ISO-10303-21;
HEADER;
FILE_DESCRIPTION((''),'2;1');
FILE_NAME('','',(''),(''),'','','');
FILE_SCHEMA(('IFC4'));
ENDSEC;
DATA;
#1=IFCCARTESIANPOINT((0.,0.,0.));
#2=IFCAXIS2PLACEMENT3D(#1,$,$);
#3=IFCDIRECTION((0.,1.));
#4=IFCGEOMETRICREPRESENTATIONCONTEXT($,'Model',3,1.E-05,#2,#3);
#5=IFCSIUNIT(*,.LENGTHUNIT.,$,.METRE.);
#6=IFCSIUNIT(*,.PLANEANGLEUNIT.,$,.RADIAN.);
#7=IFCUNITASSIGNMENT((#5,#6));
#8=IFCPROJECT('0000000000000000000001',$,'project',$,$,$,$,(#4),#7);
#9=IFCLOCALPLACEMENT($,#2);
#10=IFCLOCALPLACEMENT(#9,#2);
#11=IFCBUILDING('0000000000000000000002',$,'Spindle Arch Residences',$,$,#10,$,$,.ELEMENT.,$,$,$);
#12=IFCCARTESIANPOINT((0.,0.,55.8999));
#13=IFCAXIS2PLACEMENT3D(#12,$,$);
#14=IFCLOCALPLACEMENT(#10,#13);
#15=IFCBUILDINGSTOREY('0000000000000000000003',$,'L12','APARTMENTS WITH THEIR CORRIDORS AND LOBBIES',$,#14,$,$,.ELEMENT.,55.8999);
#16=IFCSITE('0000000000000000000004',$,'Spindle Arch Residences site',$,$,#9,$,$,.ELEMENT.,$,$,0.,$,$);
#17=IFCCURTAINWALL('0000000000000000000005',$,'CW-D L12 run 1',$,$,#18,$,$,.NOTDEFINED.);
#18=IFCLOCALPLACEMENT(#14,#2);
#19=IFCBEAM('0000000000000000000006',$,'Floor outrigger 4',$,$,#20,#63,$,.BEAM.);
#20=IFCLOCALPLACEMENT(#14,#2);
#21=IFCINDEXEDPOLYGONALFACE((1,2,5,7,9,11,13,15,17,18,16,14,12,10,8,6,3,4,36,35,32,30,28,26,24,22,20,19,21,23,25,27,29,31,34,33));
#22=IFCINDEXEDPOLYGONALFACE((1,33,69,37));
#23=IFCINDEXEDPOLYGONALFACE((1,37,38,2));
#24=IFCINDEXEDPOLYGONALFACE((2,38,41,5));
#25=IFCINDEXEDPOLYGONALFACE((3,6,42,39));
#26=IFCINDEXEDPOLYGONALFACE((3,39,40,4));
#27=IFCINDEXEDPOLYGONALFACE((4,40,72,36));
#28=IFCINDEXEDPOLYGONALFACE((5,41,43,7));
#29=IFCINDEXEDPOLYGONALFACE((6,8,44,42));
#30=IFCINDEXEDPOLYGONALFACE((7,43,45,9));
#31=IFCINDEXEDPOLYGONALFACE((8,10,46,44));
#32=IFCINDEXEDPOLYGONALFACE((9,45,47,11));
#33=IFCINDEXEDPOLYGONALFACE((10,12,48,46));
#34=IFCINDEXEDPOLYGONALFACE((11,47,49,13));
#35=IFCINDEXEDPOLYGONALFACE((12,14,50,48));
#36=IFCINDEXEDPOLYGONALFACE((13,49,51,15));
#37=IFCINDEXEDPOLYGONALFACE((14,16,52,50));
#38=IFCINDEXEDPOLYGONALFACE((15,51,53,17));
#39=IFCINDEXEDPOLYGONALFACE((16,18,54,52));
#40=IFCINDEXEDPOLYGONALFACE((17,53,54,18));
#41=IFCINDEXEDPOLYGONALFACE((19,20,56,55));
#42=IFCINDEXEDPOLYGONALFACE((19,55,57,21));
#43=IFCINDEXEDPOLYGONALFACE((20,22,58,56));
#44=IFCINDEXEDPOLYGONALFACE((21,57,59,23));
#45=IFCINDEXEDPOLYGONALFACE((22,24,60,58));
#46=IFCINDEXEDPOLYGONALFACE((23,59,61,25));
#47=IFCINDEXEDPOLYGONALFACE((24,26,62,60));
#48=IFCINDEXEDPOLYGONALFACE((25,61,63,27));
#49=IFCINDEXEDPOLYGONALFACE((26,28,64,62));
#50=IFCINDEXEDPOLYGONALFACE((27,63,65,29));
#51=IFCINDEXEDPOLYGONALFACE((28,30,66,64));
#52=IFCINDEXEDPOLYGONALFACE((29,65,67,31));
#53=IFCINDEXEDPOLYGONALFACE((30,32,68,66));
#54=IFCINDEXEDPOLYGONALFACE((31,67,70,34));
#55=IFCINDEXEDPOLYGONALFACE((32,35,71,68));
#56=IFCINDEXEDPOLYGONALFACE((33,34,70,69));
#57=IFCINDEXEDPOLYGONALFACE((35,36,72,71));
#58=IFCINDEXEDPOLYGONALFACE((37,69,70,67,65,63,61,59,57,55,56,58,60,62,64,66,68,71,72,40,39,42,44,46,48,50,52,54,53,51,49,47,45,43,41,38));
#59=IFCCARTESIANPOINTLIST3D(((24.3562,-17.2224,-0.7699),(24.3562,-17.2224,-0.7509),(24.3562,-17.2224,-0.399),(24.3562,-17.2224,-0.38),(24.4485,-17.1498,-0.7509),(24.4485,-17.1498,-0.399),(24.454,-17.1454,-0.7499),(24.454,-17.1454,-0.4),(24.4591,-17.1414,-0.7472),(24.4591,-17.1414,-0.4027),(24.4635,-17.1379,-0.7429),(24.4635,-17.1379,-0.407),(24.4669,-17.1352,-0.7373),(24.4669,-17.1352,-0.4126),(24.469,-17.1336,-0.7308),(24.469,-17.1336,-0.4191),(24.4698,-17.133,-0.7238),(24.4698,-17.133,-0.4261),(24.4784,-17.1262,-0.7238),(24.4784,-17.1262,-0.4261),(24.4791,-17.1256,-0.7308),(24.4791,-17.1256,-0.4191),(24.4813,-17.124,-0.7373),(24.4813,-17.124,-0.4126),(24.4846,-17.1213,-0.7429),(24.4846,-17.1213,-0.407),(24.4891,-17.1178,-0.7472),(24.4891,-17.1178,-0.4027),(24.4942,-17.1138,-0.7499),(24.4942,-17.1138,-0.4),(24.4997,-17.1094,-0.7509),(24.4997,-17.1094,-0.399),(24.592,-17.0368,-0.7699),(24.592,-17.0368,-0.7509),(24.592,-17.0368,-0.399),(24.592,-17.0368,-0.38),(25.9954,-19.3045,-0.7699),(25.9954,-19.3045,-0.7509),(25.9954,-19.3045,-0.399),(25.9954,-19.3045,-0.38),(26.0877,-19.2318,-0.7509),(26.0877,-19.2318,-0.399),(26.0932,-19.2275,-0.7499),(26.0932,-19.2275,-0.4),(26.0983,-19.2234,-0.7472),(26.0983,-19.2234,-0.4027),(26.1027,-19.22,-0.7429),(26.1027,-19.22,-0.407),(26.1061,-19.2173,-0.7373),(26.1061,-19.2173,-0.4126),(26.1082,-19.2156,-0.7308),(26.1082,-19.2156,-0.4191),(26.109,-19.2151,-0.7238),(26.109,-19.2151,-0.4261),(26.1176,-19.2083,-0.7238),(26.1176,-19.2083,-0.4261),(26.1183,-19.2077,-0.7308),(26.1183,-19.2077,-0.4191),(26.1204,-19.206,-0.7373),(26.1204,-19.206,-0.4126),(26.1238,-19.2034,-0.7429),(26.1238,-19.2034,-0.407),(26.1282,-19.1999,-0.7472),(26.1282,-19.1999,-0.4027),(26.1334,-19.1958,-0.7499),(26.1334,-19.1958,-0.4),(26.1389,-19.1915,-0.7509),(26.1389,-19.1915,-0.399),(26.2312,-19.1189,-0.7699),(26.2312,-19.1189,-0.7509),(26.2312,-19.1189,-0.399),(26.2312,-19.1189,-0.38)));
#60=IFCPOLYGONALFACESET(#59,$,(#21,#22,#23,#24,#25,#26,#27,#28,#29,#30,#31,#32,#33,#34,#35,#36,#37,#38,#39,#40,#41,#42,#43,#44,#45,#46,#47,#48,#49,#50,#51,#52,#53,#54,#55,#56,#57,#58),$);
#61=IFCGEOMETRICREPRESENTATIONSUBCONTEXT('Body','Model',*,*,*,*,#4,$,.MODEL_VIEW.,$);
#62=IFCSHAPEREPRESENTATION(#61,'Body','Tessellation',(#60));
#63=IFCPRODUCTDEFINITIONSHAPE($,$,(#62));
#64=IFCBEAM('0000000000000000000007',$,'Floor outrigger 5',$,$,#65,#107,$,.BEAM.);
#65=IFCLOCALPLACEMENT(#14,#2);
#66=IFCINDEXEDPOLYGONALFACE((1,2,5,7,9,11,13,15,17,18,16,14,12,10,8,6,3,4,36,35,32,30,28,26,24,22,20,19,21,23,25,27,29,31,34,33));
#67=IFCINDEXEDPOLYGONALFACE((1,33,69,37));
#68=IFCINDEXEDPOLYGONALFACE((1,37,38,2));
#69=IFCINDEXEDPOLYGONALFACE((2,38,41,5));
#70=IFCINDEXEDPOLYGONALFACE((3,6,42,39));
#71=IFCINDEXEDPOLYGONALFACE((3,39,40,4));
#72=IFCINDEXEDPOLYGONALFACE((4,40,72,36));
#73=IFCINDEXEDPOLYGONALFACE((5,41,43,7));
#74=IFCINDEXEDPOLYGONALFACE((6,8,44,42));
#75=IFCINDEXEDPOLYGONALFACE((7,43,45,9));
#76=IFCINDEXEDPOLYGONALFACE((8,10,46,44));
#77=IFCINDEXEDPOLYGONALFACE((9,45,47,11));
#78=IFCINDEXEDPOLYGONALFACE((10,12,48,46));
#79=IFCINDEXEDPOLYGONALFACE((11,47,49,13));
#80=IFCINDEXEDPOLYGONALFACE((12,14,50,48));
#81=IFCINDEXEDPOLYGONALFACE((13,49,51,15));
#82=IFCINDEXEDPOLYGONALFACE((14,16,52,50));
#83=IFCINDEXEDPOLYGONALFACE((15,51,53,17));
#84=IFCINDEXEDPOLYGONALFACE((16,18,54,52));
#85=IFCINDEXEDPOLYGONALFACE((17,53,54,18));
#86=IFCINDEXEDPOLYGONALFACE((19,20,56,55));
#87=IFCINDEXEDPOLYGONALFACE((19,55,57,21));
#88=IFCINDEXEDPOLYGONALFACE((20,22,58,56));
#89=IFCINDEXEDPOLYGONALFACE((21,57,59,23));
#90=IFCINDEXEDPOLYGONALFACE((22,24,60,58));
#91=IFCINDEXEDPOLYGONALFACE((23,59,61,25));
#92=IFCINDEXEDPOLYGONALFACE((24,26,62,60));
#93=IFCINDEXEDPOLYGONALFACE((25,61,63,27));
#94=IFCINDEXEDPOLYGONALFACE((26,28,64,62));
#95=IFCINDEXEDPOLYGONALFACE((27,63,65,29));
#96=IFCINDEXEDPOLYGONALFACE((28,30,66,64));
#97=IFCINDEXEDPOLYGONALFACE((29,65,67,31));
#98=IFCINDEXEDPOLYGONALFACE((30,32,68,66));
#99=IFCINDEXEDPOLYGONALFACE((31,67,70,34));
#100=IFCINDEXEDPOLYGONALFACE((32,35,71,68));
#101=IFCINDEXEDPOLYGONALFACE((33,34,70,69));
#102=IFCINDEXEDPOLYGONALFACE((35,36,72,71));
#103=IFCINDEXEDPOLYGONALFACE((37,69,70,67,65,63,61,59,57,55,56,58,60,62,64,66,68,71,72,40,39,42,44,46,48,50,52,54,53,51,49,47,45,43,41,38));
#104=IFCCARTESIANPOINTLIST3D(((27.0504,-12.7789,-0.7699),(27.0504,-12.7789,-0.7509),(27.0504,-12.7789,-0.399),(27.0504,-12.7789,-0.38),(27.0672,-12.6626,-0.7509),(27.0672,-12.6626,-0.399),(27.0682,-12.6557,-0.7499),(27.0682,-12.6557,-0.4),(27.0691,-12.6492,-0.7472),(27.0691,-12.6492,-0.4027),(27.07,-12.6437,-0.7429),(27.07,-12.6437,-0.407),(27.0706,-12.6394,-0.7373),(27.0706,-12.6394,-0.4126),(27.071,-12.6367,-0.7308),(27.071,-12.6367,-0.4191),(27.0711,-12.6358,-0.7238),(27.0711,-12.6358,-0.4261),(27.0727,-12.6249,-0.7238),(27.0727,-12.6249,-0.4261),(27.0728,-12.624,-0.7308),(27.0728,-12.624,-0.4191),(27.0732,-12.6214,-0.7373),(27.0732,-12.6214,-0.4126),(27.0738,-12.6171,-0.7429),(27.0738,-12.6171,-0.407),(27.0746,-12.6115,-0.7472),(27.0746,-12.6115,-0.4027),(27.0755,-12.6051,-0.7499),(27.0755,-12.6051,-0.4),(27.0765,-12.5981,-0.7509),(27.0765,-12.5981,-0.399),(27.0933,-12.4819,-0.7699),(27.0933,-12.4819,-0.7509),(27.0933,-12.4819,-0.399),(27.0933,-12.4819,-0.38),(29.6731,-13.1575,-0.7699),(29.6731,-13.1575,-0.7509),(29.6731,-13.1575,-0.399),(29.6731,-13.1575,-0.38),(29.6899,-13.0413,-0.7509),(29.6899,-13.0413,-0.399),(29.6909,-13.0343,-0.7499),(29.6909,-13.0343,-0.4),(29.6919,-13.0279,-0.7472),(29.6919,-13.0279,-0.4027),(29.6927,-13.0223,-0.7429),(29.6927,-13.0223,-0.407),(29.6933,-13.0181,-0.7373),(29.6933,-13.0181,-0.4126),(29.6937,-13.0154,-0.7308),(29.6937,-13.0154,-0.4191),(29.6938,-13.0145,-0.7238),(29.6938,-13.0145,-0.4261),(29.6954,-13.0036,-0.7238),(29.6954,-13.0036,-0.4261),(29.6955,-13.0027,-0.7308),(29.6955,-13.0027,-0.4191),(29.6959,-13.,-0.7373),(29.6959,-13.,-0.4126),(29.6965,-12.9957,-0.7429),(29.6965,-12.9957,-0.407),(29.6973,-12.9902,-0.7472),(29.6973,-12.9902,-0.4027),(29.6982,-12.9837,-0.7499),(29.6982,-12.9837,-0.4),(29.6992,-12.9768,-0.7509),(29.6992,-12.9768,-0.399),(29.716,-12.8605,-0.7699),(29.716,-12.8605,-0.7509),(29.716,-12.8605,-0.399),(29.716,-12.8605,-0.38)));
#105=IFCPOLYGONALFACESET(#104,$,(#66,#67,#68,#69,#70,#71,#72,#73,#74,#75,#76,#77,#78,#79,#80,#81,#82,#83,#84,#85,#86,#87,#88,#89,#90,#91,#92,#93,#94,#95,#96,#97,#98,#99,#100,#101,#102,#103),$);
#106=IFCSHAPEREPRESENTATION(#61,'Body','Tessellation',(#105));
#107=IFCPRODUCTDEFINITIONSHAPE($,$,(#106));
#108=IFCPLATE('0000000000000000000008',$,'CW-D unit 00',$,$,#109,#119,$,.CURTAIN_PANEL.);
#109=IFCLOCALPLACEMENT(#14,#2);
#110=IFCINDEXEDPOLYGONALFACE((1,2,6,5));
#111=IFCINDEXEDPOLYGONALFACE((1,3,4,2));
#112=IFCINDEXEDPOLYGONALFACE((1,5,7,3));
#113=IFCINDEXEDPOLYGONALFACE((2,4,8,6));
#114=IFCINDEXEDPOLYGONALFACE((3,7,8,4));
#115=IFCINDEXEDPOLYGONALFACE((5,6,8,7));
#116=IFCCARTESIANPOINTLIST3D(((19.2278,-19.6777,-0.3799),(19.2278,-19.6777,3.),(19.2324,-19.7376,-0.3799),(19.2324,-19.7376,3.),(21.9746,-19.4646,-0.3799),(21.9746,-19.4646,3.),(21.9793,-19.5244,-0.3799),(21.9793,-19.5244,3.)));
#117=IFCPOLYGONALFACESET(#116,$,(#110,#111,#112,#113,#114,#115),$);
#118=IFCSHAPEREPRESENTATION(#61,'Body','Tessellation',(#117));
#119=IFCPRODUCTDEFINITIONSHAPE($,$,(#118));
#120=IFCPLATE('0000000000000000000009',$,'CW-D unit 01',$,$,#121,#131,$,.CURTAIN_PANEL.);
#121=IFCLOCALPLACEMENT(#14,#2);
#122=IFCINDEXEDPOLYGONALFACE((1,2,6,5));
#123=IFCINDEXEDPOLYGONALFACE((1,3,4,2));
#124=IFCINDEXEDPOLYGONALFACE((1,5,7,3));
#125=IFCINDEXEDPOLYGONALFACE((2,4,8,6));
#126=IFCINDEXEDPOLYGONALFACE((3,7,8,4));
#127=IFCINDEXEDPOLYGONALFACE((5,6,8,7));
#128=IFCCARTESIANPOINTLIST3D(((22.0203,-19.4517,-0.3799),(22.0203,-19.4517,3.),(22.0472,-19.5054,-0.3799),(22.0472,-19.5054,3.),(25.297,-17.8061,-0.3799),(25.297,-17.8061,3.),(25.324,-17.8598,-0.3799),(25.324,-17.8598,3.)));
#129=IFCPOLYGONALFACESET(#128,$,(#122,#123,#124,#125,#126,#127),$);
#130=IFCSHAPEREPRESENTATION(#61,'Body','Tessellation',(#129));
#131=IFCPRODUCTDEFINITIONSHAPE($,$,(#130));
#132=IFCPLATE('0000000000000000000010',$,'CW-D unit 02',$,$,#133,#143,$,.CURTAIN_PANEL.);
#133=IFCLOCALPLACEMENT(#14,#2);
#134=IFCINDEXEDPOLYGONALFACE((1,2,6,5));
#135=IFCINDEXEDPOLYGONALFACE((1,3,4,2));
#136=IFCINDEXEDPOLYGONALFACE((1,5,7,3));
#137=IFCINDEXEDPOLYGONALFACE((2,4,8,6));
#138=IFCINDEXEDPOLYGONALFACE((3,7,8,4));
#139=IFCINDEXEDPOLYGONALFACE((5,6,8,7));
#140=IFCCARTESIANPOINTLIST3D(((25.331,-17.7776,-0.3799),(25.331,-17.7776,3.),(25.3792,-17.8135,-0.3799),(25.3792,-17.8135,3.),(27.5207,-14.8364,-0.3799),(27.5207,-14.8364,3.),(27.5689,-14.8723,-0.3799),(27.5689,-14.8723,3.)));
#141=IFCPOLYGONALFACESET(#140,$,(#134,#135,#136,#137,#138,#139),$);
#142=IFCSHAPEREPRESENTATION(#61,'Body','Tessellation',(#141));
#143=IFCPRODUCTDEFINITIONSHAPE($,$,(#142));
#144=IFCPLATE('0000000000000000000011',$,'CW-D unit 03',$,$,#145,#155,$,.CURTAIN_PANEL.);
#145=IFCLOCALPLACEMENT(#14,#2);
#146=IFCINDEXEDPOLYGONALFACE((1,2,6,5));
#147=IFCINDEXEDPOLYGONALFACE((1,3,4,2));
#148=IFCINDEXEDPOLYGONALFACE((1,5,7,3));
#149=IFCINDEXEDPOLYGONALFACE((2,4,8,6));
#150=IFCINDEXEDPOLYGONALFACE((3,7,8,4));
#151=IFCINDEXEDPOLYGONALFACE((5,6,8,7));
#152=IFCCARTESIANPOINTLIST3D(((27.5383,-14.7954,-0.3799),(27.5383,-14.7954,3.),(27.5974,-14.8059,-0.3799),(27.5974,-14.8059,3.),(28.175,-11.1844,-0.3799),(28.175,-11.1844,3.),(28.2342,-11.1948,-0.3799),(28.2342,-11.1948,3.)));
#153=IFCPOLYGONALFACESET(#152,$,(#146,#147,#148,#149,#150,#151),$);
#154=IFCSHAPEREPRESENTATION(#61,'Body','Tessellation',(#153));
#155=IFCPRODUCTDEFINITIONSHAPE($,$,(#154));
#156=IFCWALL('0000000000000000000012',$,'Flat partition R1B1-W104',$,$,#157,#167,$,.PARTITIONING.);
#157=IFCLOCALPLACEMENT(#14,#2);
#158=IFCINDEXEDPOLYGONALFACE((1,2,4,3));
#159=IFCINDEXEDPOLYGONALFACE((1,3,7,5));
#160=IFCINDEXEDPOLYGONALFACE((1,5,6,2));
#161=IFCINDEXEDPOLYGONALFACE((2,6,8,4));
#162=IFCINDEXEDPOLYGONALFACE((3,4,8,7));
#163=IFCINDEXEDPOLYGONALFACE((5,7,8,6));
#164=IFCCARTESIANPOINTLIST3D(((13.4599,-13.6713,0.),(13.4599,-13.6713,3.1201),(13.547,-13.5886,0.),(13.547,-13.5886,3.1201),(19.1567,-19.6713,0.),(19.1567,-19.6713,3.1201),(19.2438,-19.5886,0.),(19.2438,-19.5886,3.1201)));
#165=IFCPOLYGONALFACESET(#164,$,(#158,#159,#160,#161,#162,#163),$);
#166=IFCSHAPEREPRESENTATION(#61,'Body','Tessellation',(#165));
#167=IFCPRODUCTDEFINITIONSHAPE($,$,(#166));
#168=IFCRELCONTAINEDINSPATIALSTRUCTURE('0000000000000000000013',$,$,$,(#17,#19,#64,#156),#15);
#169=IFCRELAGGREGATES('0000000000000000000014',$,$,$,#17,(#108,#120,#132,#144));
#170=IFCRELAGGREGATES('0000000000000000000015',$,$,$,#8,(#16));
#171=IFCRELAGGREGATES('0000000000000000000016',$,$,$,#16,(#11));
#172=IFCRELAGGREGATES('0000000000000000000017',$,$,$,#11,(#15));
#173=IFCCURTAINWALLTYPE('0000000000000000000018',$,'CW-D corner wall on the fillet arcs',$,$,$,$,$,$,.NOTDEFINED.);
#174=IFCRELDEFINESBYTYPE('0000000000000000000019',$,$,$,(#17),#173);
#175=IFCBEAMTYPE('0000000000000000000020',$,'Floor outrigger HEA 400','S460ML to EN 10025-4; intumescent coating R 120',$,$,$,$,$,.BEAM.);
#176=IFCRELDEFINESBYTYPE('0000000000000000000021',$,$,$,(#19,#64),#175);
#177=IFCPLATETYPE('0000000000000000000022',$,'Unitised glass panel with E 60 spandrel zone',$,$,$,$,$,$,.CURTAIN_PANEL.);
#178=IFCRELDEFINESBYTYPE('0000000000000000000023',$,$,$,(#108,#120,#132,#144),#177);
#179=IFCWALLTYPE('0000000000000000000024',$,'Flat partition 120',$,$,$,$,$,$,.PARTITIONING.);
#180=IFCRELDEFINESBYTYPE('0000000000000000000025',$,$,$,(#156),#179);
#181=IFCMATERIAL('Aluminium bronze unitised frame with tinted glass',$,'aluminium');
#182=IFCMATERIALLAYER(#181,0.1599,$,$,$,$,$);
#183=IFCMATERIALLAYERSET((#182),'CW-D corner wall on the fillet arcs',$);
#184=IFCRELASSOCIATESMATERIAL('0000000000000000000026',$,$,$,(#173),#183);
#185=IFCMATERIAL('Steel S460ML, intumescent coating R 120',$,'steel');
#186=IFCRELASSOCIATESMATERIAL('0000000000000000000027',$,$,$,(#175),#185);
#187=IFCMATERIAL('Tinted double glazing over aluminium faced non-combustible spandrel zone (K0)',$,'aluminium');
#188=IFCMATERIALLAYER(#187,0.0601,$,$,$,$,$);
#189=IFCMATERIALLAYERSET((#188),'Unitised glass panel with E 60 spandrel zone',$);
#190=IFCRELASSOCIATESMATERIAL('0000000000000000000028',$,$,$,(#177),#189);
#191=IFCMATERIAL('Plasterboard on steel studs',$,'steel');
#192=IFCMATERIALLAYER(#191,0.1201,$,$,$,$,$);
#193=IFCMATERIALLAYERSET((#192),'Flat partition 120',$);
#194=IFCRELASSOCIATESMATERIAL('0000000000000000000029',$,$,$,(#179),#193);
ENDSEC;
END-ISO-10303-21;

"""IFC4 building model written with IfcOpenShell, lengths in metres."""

from ifc_helpers import new_model, si_unit, direction, frame, frame_2d, origin, origin_2d, place, context, subcontext, project, spatial, rectangle, i_section, extrude, material, layer, layer_set, material_profile, profile_set, type_object, element, aggregate, save


model = new_model("IFC4")

# Units and contexts
model_context = context("Model", 3, precision=1e-05, world=origin(), true_north=direction((0.0, 1.0)))
body_context = subcontext(model_context, "Body", "Model", "MODEL_VIEW")
ifc_project = project(units=[si_unit("LENGTHUNIT", "METRE"), si_unit("PLANEANGLEUNIT", "RADIAN")], contexts=[model_context])

# Site, building, storey
site_placement = place(None, origin())
site = spatial("IfcSite", under=ifc_project, at=site_placement, Name="Spindle Arch Residences site", CompositionType="ELEMENT", RefElevation=0.0)
building_placement = place(site_placement, origin())
building = spatial("IfcBuilding", under=site, at=building_placement, Name="Spindle Arch Residences", CompositionType="ELEMENT")
storey_placement = place(building_placement, frame((0.0, 0.0, 55.8999)))
storey = spatial("IfcBuildingStorey", under=building, at=storey_placement, Name="L12", Description="APARTMENTS WITH THEIR CORRIDORS AND LOBBIES", CompositionType="ELEMENT", Elevation=55.8999)

# Curtain wall
ifc_material_1 = material(Name="Aluminium bronze unitised frame with tinted glass", Category="aluminium")
ifc_layer_1 = layer(ifc_material_1, 0.1599)
ifc_layer_set_1 = layer_set([ifc_layer_1], Name="CW-D corner wall on the fillet arcs")
curtain_wall_type = type_object("IfcCurtainWallType", Name="CW-D corner wall on the fillet arcs", PredefinedType="NOTDEFINED", material=ifc_layer_set_1)
curtain_wall_placement = place(storey_placement, origin())
curtain_wall = element("IfcCurtainWall", 1, at=curtain_wall_placement, inside=storey, type_object=curtain_wall_type, Name="CW-D L12 run 1", PredefinedType="NOTDEFINED")

# Beams
ifc_material_2 = material(Name="Steel S460ML, intumescent coating R 120", Category="steel")
ifc_material_profile_1 = material_profile(ifc_material_2, i_section(OverallWidth=0.3, OverallDepth=0.3899, WebThickness=0.011, FlangeThickness=0.019, FilletRadius=0.0271, at=origin_2d()), Name="HEA 400")
ifc_profile_set_1 = profile_set([ifc_material_profile_1], Name="Steel S460ML, intumescent coating R 120")
beam_type_1 = type_object("IfcBeamType", Name="Floor outrigger HEA 400", Description="S460ML to EN 10025-4; intumescent coating R 120", PredefinedType="BEAM", material=ifc_profile_set_1)
for number, where, z_axis, x_axis, name in (
    (2, (26.1133, -19.2117, -0.575), (-0.618586, 0.785717, 0.0), (-0.785717, -0.618586, 0.0), "Floor outrigger 4"),
    (3, (29.6946, -13.009, -0.575), (-0.989738, 0.142892, 0.0), (-0.142892, -0.989738, 0.0), "Floor outrigger 5"),
):
    element("IfcBeam", number, at=place(storey_placement, frame(where, z_axis=z_axis, x_axis=x_axis)), inside=storey, type_object=beam_type_1, Name=name, PredefinedType="BEAM", context=body_context, shape_type="SweptSolid", body=[
        extrude(i_section(OverallWidth=0.3, OverallDepth=0.3899, WebThickness=0.011, FlangeThickness=0.019, FilletRadius=0.0271, at=origin_2d()), origin(), (0.0, 0.0, 1.0), 2.6499),
    ])

# Plates
ifc_material_3 = material(Name="Tinted double glazing over aluminium faced non-combustible spandrel zone (K0)", Category="aluminium")
ifc_layer_2 = layer(ifc_material_3, 0.0601)
ifc_layer_set_2 = layer_set([ifc_layer_2], Name="Unitised glass panel with E 60 spandrel zone")
plate_type = type_object("IfcPlateType", Name="Unitised glass panel with E 60 spandrel zone", PredefinedType="CURTAIN_PANEL", material=ifc_layer_set_2)
plate_1_placement = place(storey_placement, frame((20.6035, -19.6011, -0.3799), z_axis=(0.0, 0.0, 1.0), x_axis=(0.997003, 0.077364, 0.0)))
plate_1 = element("IfcPlate", 4, at=plate_1_placement, type_object=plate_type, Name="CW-D unit 00", PredefinedType="CURTAIN_PANEL", context=body_context, shape_type="SweptSolid", body=[
    extrude(rectangle(XDim=2.7551, YDim=0.0601, at=origin_2d()), origin(), (0.0, 0.0, 1.0), 3.3799),
])
plate_2_placement = place(storey_placement, frame((23.6721, -18.6558, -0.3799), z_axis=(0.0, 0.0, 1.0), x_axis=(0.893633, 0.448799, 0.0)))
plate_2 = element("IfcPlate", 5, at=plate_2_placement, type_object=plate_type, Name="CW-D unit 01", PredefinedType="CURTAIN_PANEL", context=body_context, shape_type="SweptSolid", body=[
    extrude(rectangle(XDim=3.6667, YDim=0.0601, at=origin_2d()), origin(), (0.0, 0.0, 1.0), 3.3799),
])
plate_3_placement = place(storey_placement, frame((26.45, -16.325, -0.3799), z_axis=(0.0, 0.0, 1.0), x_axis=(0.597159, 0.802123, 0.0)))
plate_3 = element("IfcPlate", 6, at=plate_3_placement, type_object=plate_type, Name="CW-D unit 02", PredefinedType="CURTAIN_PANEL", context=body_context, shape_type="SweptSolid", body=[
    extrude(rectangle(XDim=3.6667, YDim=0.0601, at=origin_2d()), origin(), (0.0, 0.0, 1.0), 3.3799),
])
plate_4_placement = place(storey_placement, frame((27.8862, -12.9951, -0.3799), z_axis=(0.0, 0.0, 1.0), x_axis=(0.173648, 0.984808, 0.0)))
plate_4 = element("IfcPlate", 7, at=plate_4_placement, type_object=plate_type, Name="CW-D unit 03", PredefinedType="CURTAIN_PANEL", context=body_context, shape_type="SweptSolid", body=[
    extrude(rectangle(XDim=3.6667, YDim=0.0601, at=origin_2d()), origin(), (0.0, 0.0, 1.0), 3.3799),
])
aggregate(curtain_wall, [plate_1, plate_2, plate_3, plate_4])

# Wall
ifc_material_4 = material(Name="Plasterboard on steel studs", Category="steel")
ifc_layer_3 = layer(ifc_material_4, 0.1201)
ifc_layer_set_3 = layer_set([ifc_layer_3], Name="Flat partition 120")
wall_type_1 = type_object("IfcWallType", Name="Flat partition 120", PredefinedType="PARTITIONING", material=ifc_layer_set_3)
wall_1_placement = place(storey_placement, frame((19.2002, -19.6299, 0.0), z_axis=(0.0, 0.0, 1.0), x_axis=(-0.688545, 0.725194, 0.0)))
element("IfcWall", 8, at=wall_1_placement, inside=storey, type_object=wall_type_1, Name="Flat partition R1B1-W104", PredefinedType="PARTITIONING", context=body_context, shape_type="SweptSolid", body=[
    extrude(rectangle(XDim=8.2737, YDim=0.1201, at=frame_2d((4.1367, 0.0))), origin(), (0.0, 0.0, 1.0), 3.1201),
])

save(model, "model.ifc")
